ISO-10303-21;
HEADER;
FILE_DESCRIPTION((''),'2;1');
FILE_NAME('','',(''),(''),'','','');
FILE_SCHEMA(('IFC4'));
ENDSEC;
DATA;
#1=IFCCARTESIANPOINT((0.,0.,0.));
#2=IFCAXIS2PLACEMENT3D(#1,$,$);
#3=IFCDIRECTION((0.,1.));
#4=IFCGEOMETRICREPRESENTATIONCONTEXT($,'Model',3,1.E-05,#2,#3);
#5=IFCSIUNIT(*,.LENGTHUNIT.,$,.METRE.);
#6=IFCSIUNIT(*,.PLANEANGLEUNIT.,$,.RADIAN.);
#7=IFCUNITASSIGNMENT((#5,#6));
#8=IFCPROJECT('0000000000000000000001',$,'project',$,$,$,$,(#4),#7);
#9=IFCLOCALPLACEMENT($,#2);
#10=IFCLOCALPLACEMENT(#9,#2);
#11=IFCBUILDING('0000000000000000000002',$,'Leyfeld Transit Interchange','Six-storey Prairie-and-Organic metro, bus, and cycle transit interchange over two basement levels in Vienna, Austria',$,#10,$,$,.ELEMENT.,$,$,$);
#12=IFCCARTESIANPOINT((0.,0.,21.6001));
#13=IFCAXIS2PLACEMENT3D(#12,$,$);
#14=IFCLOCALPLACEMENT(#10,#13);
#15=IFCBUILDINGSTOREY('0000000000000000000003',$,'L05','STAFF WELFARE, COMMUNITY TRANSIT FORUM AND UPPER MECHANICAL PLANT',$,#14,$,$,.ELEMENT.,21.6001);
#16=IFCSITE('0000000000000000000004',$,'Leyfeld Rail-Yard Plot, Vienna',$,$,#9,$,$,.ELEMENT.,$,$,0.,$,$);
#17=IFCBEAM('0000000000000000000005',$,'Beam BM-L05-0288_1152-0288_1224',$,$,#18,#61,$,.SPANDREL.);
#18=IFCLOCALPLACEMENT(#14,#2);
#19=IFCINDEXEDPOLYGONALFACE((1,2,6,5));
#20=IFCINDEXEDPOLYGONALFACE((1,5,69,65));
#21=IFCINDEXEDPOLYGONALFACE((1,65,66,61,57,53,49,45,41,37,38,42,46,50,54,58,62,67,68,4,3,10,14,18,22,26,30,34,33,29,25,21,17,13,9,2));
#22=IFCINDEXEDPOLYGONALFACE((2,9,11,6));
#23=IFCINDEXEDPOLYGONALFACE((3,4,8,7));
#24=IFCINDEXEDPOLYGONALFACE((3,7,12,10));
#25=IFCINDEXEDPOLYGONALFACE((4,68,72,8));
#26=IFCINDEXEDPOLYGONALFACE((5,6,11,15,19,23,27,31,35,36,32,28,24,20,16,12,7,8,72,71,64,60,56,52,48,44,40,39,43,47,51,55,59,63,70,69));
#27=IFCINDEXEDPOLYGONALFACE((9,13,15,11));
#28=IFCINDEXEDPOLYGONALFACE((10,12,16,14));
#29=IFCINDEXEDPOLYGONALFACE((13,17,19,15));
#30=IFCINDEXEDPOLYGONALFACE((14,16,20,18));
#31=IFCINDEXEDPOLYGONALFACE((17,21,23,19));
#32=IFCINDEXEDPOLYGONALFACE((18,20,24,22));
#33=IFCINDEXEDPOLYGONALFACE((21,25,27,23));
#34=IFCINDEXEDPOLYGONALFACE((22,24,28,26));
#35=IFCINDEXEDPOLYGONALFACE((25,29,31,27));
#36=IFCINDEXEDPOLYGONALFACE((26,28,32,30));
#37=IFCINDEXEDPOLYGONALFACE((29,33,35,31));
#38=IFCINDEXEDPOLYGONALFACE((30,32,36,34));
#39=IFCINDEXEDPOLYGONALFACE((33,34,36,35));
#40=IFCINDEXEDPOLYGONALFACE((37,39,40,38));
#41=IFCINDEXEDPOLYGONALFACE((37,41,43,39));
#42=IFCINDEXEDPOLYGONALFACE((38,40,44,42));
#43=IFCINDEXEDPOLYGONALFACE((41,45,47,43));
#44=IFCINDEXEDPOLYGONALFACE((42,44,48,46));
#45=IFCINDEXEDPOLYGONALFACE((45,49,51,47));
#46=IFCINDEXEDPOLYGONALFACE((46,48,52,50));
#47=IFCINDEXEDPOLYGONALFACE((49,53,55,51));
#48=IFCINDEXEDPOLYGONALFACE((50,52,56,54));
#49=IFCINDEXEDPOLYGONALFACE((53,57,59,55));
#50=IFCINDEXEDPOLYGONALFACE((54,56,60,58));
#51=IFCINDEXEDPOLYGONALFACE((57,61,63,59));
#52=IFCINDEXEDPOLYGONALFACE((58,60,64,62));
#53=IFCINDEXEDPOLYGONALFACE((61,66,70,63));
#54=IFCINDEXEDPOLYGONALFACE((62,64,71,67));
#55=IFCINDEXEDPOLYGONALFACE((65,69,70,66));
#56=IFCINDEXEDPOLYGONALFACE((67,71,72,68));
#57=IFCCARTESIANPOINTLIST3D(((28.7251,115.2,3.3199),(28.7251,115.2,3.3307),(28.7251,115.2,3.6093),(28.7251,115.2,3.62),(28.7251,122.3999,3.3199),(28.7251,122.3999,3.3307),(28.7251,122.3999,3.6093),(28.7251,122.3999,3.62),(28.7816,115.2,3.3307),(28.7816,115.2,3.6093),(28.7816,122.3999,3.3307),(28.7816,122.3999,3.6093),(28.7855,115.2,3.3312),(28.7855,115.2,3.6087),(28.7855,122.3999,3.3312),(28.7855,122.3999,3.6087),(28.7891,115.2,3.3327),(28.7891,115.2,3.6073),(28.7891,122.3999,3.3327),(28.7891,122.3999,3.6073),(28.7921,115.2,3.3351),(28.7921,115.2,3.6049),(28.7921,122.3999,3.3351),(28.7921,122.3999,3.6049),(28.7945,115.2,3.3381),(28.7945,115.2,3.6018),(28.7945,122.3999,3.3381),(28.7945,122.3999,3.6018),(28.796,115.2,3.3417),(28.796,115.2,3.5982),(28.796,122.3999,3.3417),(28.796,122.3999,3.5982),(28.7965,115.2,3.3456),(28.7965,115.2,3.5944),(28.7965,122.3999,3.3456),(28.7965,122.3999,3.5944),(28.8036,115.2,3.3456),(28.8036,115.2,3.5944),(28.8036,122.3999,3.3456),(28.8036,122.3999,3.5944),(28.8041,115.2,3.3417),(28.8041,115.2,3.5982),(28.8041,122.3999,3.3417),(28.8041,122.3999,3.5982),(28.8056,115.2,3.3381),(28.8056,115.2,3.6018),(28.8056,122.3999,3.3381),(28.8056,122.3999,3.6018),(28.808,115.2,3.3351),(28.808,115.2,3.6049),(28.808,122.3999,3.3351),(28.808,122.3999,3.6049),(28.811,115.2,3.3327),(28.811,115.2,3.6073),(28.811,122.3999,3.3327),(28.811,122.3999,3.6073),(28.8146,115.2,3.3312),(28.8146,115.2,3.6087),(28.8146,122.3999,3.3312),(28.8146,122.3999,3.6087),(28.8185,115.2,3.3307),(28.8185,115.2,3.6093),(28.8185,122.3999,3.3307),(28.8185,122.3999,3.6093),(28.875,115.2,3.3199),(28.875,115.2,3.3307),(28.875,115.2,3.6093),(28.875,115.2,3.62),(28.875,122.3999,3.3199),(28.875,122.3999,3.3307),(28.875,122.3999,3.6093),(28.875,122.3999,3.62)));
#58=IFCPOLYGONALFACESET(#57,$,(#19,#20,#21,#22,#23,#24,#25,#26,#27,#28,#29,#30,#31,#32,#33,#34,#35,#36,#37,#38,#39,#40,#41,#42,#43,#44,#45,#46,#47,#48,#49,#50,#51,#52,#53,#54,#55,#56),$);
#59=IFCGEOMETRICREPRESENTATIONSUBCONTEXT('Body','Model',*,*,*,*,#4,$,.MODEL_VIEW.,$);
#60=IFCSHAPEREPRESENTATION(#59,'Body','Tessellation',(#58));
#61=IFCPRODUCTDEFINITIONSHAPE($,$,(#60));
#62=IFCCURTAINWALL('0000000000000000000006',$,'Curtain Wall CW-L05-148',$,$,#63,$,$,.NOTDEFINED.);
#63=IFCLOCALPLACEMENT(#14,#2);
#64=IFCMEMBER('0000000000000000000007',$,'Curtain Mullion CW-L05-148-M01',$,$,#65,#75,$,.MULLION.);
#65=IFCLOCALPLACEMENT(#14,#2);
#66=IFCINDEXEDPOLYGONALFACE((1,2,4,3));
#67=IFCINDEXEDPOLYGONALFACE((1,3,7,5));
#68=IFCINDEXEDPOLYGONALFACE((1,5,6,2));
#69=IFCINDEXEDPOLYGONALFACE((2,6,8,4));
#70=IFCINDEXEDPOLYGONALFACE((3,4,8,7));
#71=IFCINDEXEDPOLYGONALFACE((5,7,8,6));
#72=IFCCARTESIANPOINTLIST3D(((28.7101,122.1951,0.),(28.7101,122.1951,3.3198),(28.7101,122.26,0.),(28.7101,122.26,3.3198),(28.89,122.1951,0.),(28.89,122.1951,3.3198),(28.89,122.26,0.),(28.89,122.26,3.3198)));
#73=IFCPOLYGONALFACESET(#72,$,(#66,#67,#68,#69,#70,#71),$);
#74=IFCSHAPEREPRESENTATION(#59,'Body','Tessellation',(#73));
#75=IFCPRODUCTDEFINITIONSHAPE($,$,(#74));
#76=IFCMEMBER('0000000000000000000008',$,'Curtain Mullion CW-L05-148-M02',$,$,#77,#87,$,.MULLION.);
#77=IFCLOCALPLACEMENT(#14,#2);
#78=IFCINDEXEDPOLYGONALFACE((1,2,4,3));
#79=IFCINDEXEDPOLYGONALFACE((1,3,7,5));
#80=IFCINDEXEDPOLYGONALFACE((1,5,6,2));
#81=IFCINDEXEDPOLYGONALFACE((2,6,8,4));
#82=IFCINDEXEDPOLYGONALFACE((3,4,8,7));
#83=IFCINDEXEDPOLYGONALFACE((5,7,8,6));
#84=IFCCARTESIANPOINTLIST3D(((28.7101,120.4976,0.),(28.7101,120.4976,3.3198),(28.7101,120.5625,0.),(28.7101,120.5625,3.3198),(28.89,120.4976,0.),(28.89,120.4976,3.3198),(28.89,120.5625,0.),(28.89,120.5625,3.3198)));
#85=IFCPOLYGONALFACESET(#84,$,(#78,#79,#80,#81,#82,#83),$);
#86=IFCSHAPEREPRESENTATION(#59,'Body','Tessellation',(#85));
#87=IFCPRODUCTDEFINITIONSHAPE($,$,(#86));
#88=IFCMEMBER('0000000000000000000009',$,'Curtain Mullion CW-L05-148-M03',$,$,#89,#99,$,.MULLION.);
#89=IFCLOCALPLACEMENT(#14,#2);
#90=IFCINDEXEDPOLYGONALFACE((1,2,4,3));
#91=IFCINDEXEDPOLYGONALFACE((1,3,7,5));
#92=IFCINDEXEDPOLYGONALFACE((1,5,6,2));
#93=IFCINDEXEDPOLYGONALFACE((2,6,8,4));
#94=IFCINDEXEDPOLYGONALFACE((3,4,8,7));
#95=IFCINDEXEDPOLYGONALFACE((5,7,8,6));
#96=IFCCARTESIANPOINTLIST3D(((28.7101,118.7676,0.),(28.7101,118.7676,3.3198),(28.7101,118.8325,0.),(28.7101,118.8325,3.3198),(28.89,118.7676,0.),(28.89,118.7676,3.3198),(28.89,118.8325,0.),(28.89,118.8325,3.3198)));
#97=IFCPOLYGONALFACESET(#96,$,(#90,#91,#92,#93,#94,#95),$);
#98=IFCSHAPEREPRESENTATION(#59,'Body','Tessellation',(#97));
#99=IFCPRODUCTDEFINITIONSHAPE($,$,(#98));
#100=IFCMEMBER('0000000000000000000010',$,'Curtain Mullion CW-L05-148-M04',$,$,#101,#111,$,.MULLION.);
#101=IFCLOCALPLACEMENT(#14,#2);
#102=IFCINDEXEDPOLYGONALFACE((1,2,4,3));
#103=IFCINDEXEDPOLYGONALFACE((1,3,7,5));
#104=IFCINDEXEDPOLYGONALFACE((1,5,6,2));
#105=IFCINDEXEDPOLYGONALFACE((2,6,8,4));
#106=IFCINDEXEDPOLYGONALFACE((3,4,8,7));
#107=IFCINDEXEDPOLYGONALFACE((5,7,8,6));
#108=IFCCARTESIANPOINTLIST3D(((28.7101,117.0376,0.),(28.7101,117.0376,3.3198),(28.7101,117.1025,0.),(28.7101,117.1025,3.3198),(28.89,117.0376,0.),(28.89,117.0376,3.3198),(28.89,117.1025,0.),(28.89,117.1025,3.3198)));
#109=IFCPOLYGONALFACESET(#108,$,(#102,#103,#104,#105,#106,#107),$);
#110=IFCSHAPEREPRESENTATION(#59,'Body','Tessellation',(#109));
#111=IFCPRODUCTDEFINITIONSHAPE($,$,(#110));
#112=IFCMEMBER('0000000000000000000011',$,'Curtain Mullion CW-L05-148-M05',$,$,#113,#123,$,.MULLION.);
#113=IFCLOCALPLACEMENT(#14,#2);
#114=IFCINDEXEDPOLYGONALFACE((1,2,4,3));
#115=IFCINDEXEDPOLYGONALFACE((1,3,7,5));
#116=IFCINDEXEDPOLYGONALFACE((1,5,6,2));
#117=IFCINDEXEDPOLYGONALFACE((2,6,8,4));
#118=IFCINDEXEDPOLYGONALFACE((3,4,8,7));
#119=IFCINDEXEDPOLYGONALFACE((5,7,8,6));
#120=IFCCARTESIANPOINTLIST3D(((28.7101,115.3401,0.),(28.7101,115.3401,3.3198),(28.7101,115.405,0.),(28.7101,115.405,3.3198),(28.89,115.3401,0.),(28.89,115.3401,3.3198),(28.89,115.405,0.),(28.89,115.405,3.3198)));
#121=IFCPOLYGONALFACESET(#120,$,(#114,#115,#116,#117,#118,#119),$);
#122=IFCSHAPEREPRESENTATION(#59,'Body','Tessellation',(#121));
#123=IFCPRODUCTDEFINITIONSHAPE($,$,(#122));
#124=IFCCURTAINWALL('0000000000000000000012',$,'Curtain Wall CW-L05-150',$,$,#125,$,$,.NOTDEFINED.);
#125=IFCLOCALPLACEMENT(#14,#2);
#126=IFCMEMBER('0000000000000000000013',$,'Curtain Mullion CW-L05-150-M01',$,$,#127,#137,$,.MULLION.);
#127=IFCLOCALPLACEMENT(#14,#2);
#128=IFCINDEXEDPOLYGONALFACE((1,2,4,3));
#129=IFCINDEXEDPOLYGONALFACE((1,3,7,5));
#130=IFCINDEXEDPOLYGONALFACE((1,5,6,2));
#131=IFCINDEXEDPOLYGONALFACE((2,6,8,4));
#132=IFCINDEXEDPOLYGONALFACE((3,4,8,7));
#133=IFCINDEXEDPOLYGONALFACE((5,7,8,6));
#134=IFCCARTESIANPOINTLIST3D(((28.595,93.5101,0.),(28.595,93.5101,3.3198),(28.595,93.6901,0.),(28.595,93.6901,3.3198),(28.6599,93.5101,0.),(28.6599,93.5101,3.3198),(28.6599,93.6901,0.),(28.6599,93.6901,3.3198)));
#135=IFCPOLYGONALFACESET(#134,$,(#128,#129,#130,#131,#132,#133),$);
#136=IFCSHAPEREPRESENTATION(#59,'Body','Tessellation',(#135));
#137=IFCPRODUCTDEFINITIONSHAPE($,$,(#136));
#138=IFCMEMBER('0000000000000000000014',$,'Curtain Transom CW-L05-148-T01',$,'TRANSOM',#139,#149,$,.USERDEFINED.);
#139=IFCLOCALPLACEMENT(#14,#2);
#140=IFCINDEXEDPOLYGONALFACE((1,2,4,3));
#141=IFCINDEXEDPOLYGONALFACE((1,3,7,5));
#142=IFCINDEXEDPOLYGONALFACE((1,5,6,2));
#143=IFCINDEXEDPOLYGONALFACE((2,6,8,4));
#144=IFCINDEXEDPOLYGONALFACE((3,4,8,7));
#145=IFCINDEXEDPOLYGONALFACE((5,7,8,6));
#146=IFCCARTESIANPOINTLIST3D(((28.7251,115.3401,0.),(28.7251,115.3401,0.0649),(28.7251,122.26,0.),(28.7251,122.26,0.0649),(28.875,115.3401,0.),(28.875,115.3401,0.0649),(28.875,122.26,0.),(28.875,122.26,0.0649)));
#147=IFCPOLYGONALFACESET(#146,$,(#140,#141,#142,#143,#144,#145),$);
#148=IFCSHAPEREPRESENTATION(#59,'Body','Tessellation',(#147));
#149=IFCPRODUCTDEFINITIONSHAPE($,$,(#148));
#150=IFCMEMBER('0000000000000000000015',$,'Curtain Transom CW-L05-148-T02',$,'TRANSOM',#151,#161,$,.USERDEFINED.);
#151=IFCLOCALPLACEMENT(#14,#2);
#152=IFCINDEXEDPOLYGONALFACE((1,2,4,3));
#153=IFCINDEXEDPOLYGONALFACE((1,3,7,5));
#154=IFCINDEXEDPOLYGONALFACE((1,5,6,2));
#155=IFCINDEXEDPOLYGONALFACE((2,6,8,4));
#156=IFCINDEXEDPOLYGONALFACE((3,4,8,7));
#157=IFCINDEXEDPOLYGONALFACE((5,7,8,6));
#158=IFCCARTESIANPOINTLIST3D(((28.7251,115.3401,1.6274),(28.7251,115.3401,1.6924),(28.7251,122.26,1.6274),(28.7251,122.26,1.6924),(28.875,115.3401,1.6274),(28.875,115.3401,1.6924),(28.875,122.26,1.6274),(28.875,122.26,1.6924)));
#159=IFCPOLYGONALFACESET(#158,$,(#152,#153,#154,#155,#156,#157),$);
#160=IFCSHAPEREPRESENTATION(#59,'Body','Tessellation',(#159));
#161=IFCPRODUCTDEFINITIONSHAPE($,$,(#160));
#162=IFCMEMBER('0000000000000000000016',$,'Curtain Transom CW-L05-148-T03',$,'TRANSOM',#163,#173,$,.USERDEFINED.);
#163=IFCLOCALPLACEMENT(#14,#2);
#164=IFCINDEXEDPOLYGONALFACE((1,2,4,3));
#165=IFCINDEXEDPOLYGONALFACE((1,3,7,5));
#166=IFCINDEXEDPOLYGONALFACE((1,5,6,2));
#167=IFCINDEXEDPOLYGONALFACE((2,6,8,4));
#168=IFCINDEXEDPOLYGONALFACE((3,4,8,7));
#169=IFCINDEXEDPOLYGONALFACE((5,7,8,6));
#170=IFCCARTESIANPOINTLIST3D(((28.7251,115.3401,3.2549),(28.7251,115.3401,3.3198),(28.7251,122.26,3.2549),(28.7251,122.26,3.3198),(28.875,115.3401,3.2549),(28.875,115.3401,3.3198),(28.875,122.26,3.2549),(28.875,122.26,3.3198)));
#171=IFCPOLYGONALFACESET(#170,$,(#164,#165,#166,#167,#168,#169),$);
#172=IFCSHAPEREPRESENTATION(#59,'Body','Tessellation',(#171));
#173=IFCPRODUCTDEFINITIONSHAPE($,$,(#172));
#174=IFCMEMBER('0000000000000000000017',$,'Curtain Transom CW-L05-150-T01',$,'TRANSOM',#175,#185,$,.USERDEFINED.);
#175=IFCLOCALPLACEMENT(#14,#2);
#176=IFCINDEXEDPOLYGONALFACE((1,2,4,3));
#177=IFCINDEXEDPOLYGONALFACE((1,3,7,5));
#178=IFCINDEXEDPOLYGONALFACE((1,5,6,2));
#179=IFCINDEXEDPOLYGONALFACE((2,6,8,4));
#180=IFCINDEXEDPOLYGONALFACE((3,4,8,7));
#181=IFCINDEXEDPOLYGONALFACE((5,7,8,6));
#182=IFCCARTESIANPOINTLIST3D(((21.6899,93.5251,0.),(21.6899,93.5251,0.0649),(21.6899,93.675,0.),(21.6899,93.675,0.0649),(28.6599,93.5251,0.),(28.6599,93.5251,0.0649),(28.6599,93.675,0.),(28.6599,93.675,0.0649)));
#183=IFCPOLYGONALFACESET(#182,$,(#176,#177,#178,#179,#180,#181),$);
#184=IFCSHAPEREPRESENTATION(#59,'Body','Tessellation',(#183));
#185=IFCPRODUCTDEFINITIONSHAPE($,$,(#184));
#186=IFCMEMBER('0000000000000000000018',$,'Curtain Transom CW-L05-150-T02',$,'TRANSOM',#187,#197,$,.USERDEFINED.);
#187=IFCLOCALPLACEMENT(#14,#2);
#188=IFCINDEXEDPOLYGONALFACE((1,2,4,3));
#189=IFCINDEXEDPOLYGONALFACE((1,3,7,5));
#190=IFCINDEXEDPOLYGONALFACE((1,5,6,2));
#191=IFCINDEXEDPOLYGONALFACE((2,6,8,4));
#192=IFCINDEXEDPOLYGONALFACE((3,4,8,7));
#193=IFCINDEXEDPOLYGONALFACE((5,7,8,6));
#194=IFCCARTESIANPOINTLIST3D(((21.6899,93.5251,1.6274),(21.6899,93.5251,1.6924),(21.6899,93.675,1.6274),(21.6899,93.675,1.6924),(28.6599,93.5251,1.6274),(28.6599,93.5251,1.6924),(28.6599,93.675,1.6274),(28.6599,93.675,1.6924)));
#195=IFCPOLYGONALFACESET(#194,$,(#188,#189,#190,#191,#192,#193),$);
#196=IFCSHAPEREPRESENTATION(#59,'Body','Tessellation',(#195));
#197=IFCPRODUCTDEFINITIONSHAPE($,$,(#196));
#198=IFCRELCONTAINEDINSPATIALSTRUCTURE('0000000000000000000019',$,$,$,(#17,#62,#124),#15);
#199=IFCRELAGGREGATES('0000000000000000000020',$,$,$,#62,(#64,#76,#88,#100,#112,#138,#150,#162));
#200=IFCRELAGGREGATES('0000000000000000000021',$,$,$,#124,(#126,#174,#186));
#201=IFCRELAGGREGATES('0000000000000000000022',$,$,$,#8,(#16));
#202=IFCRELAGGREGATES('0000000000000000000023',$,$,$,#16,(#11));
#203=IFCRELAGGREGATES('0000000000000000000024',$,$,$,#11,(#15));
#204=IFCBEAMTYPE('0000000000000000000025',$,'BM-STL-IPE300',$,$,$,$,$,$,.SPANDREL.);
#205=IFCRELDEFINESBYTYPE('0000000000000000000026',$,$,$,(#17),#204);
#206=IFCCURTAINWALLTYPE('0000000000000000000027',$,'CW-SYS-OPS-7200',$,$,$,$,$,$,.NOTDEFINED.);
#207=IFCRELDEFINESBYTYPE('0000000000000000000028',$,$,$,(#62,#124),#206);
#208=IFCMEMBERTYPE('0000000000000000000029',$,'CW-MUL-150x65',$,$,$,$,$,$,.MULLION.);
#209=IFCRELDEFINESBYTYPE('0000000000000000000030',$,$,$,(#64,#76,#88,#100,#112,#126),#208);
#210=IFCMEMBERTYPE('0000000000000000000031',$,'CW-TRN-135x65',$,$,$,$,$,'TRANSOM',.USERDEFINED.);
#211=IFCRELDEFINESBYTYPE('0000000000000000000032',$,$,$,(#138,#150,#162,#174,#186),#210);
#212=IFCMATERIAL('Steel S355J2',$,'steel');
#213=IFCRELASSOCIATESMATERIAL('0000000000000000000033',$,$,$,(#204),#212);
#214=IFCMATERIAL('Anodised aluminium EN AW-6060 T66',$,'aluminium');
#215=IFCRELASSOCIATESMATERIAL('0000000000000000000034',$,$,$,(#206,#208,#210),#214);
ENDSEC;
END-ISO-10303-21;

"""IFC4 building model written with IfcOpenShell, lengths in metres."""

from ifc_helpers import new_model, si_unit, direction, frame, origin, origin_2d, place, context, subcontext, project, spatial, rectangle, i_section, extrude, material, material_profile, profile_set, type_object, element, aggregate, save


model = new_model("IFC4")

# Units and contexts
model_context = context("Model", 3, precision=1e-05, world=origin(), true_north=direction((0.0, 1.0)))
body_context = subcontext(model_context, "Body", "Model", "MODEL_VIEW")
ifc_project = project(units=[si_unit("LENGTHUNIT", "METRE"), si_unit("PLANEANGLEUNIT", "RADIAN")], contexts=[model_context])

# Site, building, storey
site_placement = place(None, origin())
site = spatial("IfcSite", under=ifc_project, at=site_placement, Name="Leyfeld Rail-Yard Plot, Vienna", CompositionType="ELEMENT", RefElevation=0.0)
building_placement = place(site_placement, origin())
building = spatial("IfcBuilding", under=site, at=building_placement, Name="Leyfeld Transit Interchange", Description="Six-storey Prairie-and-Organic metro, bus, and cycle transit interchange over two basement levels in Vienna, Austria", CompositionType="ELEMENT")
storey_placement = place(building_placement, frame((0.0, 0.0, 21.6001)))
storey = spatial("IfcBuildingStorey", under=building, at=storey_placement, Name="L05", Description="STAFF WELFARE, COMMUNITY TRANSIT FORUM AND UPPER MECHANICAL PLANT", CompositionType="ELEMENT", Elevation=21.6001)

# Shared definitions
ifc_material_1 = material(Name="Steel S355J2", Category="steel")

# Beam
ifc_material_profile_1 = material_profile(ifc_material_1, i_section(OverallWidth=0.1499, OverallDepth=0.3, WebThickness=0.0071, FlangeThickness=0.0107, FilletRadius=0.0149, at=origin_2d()), Name="IPE 300")
ifc_profile_set_1 = profile_set([ifc_material_profile_1], Name="Steel S355J2")
beam_type = type_object("IfcBeamType", Name="BM-STL-IPE300", PredefinedType="SPANDREL", material=ifc_profile_set_1)
for number, where, z_axis, x_axis, name in (
    (1, (28.8, 115.2, 3.47), (0.0, 1.0, 0.0), (-1.0, 0.0, 0.0), "Beam BM-L05-0288_1152-0288_1224"),
):
    element("IfcBeam", number, at=place(storey_placement, frame(where, z_axis=z_axis, x_axis=x_axis)), inside=storey, type_object=beam_type, Name=name, PredefinedType="SPANDREL", context=body_context, shape_type="SweptSolid", body=[
        extrude(i_section(OverallWidth=0.1499, OverallDepth=0.3, WebThickness=0.0071, FlangeThickness=0.0107, FilletRadius=0.0149, at=origin_2d()), origin(), (0.0, 0.0, 1.0), 7.2),
    ])

# Curtain wall, members
ifc_material_2 = material(Name="Anodised aluminium EN AW-6060 T66", Category="aluminium")
curtain_wall_type = type_object("IfcCurtainWallType", Name="CW-SYS-OPS-7200", PredefinedType="NOTDEFINED", material=ifc_material_2)
curtain_wall_1_placement = place(storey_placement, origin())
curtain_wall_1 = element("IfcCurtainWall", 2, at=curtain_wall_1_placement, inside=storey, type_object=curtain_wall_type, Name="Curtain Wall CW-L05-148", PredefinedType="NOTDEFINED")
ifc_material_profile_2 = material_profile(ifc_material_2, rectangle(XDim=0.0649, YDim=0.1799, at=origin_2d()), Name="CW-M 65x180")
ifc_profile_set_2 = profile_set([ifc_material_profile_2], Name="Anodised aluminium EN AW-6060 T66")
member_type_1 = type_object("IfcMemberType", Name="CW-MUL-150x65", PredefinedType="MULLION", material=ifc_profile_set_2)
member_1_placement = place(storey_placement, frame((28.8, 122.2275, 0.0), z_axis=(0.0, 0.0, 1.0), x_axis=(0.0, -1.0, 0.0)))
member_1 = element("IfcMember", 3, at=member_1_placement, type_object=member_type_1, Name="Curtain Mullion CW-L05-148-M01", PredefinedType="MULLION", context=body_context, shape_type="SweptSolid", body=[
    extrude(rectangle(XDim=0.0649, YDim=0.1799, at=origin_2d()), origin(), (0.0, 0.0, 1.0), 3.3198),
])
member_2_placement = place(storey_placement, frame((28.8, 120.53, 0.0), z_axis=(0.0, 0.0, 1.0), x_axis=(0.0, -1.0, 0.0)))
member_2 = element("IfcMember", 4, at=member_2_placement, type_object=member_type_1, Name="Curtain Mullion CW-L05-148-M02", PredefinedType="MULLION", context=body_context, shape_type="SweptSolid", body=[
    extrude(rectangle(XDim=0.0649, YDim=0.1799, at=origin_2d()), origin(), (0.0, 0.0, 1.0), 3.3198),
])
member_3_placement = place(storey_placement, frame((28.8, 118.8, 0.0), z_axis=(0.0, 0.0, 1.0), x_axis=(0.0, -1.0, 0.0)))
member_3 = element("IfcMember", 5, at=member_3_placement, type_object=member_type_1, Name="Curtain Mullion CW-L05-148-M03", PredefinedType="MULLION", context=body_context, shape_type="SweptSolid", body=[
    extrude(rectangle(XDim=0.0649, YDim=0.1799, at=origin_2d()), origin(), (0.0, 0.0, 1.0), 3.3198),
])
member_4_placement = place(storey_placement, frame((28.8, 117.0701, 0.0), z_axis=(0.0, 0.0, 1.0), x_axis=(0.0, -1.0, 0.0)))
member_4 = element("IfcMember", 6, at=member_4_placement, type_object=member_type_1, Name="Curtain Mullion CW-L05-148-M04", PredefinedType="MULLION", context=body_context, shape_type="SweptSolid", body=[
    extrude(rectangle(XDim=0.0649, YDim=0.1799, at=origin_2d()), origin(), (0.0, 0.0, 1.0), 3.3198),
])
member_5_placement = place(storey_placement, frame((28.8, 115.3726, 0.0), z_axis=(0.0, 0.0, 1.0), x_axis=(0.0, -1.0, 0.0)))
member_5 = element("IfcMember", 7, at=member_5_placement, type_object=member_type_1, Name="Curtain Mullion CW-L05-148-M05", PredefinedType="MULLION", context=body_context, shape_type="SweptSolid", body=[
    extrude(rectangle(XDim=0.0649, YDim=0.1799, at=origin_2d()), origin(), (0.0, 0.0, 1.0), 3.3198),
])

# Curtain wall, member
curtain_wall_2_placement = place(storey_placement, origin())
curtain_wall_2 = element("IfcCurtainWall", 8, at=curtain_wall_2_placement, inside=storey, type_object=curtain_wall_type, Name="Curtain Wall CW-L05-150", PredefinedType="NOTDEFINED")
member_6_placement = place(storey_placement, frame((28.6274, 93.6001, 0.0), z_axis=(0.0, 0.0, 1.0), x_axis=(-1.0, 0.0, 0.0)))
member_6 = element("IfcMember", 9, at=member_6_placement, type_object=member_type_1, Name="Curtain Mullion CW-L05-150-M01", PredefinedType="MULLION", context=body_context, shape_type="SweptSolid", body=[
    extrude(rectangle(XDim=0.0649, YDim=0.1799, at=origin_2d()), origin(), (0.0, 0.0, 1.0), 3.3198),
])

# Members
ifc_material_profile_3 = material_profile(ifc_material_2, rectangle(XDim=0.1499, YDim=0.0649, at=origin_2d()), Name="CW-TRN-135x65")
ifc_profile_set_3 = profile_set([ifc_material_profile_3], Name="Anodised aluminium EN AW-6060 T66")
member_type_2 = type_object("IfcMemberType", Name="CW-TRN-135x65", ElementType="TRANSOM", PredefinedType="USERDEFINED", material=ifc_profile_set_3)
member_7_placement = place(storey_placement, frame((28.8, 122.26, 0.0325), z_axis=(0.0, -1.0, 0.0), x_axis=(1.0, 0.0, 0.0)))
member_7 = element("IfcMember", 10, at=member_7_placement, type_object=member_type_2, Name="Curtain Transom CW-L05-148-T01", ObjectType="TRANSOM", PredefinedType="USERDEFINED", context=body_context, shape_type="SweptSolid", body=[
    extrude(rectangle(XDim=0.1499, YDim=0.0649, at=origin_2d()), origin(), (0.0, 0.0, 1.0), 6.9199),
])
member_8_placement = place(storey_placement, frame((28.8, 122.26, 1.6599), z_axis=(0.0, -1.0, 0.0), x_axis=(1.0, 0.0, 0.0)))
member_8 = element("IfcMember", 11, at=member_8_placement, type_object=member_type_2, Name="Curtain Transom CW-L05-148-T02", ObjectType="TRANSOM", PredefinedType="USERDEFINED", context=body_context, shape_type="SweptSolid", body=[
    extrude(rectangle(XDim=0.1499, YDim=0.0649, at=origin_2d()), origin(), (0.0, 0.0, 1.0), 6.9199),
])
member_9_placement = place(storey_placement, frame((28.8, 122.26, 3.2874), z_axis=(0.0, -1.0, 0.0), x_axis=(1.0, 0.0, 0.0)))
member_9 = element("IfcMember", 12, at=member_9_placement, type_object=member_type_2, Name="Curtain Transom CW-L05-148-T03", ObjectType="TRANSOM", PredefinedType="USERDEFINED", context=body_context, shape_type="SweptSolid", body=[
    extrude(rectangle(XDim=0.1499, YDim=0.0649, at=origin_2d()), origin(), (0.0, 0.0, 1.0), 6.9199),
])
member_10_placement = place(storey_placement, frame((28.6599, 93.6001, 0.0325), z_axis=(-1.0, 0.0, 0.0), x_axis=(0.0, -1.0, 0.0)))
member_10 = element("IfcMember", 13, at=member_10_placement, type_object=member_type_2, Name="Curtain Transom CW-L05-150-T01", ObjectType="TRANSOM", PredefinedType="USERDEFINED", context=body_context, shape_type="SweptSolid", body=[
    extrude(rectangle(XDim=0.1499, YDim=0.0649, at=origin_2d()), origin(), (0.0, 0.0, 1.0), 6.97),
])
member_11_placement = place(storey_placement, frame((28.6599, 93.6001, 1.6599), z_axis=(-1.0, 0.0, 0.0), x_axis=(0.0, -1.0, 0.0)))
member_11 = element("IfcMember", 14, at=member_11_placement, type_object=member_type_2, Name="Curtain Transom CW-L05-150-T02", ObjectType="TRANSOM", PredefinedType="USERDEFINED", context=body_context, shape_type="SweptSolid", body=[
    extrude(rectangle(XDim=0.1499, YDim=0.0649, at=origin_2d()), origin(), (0.0, 0.0, 1.0), 6.97),
])

aggregate(curtain_wall_1, [member_1, member_2, member_3, member_4, member_5, member_7, member_8, member_9])
aggregate(curtain_wall_2, [member_6, member_10, member_11])

save(model, "model.ifc")
